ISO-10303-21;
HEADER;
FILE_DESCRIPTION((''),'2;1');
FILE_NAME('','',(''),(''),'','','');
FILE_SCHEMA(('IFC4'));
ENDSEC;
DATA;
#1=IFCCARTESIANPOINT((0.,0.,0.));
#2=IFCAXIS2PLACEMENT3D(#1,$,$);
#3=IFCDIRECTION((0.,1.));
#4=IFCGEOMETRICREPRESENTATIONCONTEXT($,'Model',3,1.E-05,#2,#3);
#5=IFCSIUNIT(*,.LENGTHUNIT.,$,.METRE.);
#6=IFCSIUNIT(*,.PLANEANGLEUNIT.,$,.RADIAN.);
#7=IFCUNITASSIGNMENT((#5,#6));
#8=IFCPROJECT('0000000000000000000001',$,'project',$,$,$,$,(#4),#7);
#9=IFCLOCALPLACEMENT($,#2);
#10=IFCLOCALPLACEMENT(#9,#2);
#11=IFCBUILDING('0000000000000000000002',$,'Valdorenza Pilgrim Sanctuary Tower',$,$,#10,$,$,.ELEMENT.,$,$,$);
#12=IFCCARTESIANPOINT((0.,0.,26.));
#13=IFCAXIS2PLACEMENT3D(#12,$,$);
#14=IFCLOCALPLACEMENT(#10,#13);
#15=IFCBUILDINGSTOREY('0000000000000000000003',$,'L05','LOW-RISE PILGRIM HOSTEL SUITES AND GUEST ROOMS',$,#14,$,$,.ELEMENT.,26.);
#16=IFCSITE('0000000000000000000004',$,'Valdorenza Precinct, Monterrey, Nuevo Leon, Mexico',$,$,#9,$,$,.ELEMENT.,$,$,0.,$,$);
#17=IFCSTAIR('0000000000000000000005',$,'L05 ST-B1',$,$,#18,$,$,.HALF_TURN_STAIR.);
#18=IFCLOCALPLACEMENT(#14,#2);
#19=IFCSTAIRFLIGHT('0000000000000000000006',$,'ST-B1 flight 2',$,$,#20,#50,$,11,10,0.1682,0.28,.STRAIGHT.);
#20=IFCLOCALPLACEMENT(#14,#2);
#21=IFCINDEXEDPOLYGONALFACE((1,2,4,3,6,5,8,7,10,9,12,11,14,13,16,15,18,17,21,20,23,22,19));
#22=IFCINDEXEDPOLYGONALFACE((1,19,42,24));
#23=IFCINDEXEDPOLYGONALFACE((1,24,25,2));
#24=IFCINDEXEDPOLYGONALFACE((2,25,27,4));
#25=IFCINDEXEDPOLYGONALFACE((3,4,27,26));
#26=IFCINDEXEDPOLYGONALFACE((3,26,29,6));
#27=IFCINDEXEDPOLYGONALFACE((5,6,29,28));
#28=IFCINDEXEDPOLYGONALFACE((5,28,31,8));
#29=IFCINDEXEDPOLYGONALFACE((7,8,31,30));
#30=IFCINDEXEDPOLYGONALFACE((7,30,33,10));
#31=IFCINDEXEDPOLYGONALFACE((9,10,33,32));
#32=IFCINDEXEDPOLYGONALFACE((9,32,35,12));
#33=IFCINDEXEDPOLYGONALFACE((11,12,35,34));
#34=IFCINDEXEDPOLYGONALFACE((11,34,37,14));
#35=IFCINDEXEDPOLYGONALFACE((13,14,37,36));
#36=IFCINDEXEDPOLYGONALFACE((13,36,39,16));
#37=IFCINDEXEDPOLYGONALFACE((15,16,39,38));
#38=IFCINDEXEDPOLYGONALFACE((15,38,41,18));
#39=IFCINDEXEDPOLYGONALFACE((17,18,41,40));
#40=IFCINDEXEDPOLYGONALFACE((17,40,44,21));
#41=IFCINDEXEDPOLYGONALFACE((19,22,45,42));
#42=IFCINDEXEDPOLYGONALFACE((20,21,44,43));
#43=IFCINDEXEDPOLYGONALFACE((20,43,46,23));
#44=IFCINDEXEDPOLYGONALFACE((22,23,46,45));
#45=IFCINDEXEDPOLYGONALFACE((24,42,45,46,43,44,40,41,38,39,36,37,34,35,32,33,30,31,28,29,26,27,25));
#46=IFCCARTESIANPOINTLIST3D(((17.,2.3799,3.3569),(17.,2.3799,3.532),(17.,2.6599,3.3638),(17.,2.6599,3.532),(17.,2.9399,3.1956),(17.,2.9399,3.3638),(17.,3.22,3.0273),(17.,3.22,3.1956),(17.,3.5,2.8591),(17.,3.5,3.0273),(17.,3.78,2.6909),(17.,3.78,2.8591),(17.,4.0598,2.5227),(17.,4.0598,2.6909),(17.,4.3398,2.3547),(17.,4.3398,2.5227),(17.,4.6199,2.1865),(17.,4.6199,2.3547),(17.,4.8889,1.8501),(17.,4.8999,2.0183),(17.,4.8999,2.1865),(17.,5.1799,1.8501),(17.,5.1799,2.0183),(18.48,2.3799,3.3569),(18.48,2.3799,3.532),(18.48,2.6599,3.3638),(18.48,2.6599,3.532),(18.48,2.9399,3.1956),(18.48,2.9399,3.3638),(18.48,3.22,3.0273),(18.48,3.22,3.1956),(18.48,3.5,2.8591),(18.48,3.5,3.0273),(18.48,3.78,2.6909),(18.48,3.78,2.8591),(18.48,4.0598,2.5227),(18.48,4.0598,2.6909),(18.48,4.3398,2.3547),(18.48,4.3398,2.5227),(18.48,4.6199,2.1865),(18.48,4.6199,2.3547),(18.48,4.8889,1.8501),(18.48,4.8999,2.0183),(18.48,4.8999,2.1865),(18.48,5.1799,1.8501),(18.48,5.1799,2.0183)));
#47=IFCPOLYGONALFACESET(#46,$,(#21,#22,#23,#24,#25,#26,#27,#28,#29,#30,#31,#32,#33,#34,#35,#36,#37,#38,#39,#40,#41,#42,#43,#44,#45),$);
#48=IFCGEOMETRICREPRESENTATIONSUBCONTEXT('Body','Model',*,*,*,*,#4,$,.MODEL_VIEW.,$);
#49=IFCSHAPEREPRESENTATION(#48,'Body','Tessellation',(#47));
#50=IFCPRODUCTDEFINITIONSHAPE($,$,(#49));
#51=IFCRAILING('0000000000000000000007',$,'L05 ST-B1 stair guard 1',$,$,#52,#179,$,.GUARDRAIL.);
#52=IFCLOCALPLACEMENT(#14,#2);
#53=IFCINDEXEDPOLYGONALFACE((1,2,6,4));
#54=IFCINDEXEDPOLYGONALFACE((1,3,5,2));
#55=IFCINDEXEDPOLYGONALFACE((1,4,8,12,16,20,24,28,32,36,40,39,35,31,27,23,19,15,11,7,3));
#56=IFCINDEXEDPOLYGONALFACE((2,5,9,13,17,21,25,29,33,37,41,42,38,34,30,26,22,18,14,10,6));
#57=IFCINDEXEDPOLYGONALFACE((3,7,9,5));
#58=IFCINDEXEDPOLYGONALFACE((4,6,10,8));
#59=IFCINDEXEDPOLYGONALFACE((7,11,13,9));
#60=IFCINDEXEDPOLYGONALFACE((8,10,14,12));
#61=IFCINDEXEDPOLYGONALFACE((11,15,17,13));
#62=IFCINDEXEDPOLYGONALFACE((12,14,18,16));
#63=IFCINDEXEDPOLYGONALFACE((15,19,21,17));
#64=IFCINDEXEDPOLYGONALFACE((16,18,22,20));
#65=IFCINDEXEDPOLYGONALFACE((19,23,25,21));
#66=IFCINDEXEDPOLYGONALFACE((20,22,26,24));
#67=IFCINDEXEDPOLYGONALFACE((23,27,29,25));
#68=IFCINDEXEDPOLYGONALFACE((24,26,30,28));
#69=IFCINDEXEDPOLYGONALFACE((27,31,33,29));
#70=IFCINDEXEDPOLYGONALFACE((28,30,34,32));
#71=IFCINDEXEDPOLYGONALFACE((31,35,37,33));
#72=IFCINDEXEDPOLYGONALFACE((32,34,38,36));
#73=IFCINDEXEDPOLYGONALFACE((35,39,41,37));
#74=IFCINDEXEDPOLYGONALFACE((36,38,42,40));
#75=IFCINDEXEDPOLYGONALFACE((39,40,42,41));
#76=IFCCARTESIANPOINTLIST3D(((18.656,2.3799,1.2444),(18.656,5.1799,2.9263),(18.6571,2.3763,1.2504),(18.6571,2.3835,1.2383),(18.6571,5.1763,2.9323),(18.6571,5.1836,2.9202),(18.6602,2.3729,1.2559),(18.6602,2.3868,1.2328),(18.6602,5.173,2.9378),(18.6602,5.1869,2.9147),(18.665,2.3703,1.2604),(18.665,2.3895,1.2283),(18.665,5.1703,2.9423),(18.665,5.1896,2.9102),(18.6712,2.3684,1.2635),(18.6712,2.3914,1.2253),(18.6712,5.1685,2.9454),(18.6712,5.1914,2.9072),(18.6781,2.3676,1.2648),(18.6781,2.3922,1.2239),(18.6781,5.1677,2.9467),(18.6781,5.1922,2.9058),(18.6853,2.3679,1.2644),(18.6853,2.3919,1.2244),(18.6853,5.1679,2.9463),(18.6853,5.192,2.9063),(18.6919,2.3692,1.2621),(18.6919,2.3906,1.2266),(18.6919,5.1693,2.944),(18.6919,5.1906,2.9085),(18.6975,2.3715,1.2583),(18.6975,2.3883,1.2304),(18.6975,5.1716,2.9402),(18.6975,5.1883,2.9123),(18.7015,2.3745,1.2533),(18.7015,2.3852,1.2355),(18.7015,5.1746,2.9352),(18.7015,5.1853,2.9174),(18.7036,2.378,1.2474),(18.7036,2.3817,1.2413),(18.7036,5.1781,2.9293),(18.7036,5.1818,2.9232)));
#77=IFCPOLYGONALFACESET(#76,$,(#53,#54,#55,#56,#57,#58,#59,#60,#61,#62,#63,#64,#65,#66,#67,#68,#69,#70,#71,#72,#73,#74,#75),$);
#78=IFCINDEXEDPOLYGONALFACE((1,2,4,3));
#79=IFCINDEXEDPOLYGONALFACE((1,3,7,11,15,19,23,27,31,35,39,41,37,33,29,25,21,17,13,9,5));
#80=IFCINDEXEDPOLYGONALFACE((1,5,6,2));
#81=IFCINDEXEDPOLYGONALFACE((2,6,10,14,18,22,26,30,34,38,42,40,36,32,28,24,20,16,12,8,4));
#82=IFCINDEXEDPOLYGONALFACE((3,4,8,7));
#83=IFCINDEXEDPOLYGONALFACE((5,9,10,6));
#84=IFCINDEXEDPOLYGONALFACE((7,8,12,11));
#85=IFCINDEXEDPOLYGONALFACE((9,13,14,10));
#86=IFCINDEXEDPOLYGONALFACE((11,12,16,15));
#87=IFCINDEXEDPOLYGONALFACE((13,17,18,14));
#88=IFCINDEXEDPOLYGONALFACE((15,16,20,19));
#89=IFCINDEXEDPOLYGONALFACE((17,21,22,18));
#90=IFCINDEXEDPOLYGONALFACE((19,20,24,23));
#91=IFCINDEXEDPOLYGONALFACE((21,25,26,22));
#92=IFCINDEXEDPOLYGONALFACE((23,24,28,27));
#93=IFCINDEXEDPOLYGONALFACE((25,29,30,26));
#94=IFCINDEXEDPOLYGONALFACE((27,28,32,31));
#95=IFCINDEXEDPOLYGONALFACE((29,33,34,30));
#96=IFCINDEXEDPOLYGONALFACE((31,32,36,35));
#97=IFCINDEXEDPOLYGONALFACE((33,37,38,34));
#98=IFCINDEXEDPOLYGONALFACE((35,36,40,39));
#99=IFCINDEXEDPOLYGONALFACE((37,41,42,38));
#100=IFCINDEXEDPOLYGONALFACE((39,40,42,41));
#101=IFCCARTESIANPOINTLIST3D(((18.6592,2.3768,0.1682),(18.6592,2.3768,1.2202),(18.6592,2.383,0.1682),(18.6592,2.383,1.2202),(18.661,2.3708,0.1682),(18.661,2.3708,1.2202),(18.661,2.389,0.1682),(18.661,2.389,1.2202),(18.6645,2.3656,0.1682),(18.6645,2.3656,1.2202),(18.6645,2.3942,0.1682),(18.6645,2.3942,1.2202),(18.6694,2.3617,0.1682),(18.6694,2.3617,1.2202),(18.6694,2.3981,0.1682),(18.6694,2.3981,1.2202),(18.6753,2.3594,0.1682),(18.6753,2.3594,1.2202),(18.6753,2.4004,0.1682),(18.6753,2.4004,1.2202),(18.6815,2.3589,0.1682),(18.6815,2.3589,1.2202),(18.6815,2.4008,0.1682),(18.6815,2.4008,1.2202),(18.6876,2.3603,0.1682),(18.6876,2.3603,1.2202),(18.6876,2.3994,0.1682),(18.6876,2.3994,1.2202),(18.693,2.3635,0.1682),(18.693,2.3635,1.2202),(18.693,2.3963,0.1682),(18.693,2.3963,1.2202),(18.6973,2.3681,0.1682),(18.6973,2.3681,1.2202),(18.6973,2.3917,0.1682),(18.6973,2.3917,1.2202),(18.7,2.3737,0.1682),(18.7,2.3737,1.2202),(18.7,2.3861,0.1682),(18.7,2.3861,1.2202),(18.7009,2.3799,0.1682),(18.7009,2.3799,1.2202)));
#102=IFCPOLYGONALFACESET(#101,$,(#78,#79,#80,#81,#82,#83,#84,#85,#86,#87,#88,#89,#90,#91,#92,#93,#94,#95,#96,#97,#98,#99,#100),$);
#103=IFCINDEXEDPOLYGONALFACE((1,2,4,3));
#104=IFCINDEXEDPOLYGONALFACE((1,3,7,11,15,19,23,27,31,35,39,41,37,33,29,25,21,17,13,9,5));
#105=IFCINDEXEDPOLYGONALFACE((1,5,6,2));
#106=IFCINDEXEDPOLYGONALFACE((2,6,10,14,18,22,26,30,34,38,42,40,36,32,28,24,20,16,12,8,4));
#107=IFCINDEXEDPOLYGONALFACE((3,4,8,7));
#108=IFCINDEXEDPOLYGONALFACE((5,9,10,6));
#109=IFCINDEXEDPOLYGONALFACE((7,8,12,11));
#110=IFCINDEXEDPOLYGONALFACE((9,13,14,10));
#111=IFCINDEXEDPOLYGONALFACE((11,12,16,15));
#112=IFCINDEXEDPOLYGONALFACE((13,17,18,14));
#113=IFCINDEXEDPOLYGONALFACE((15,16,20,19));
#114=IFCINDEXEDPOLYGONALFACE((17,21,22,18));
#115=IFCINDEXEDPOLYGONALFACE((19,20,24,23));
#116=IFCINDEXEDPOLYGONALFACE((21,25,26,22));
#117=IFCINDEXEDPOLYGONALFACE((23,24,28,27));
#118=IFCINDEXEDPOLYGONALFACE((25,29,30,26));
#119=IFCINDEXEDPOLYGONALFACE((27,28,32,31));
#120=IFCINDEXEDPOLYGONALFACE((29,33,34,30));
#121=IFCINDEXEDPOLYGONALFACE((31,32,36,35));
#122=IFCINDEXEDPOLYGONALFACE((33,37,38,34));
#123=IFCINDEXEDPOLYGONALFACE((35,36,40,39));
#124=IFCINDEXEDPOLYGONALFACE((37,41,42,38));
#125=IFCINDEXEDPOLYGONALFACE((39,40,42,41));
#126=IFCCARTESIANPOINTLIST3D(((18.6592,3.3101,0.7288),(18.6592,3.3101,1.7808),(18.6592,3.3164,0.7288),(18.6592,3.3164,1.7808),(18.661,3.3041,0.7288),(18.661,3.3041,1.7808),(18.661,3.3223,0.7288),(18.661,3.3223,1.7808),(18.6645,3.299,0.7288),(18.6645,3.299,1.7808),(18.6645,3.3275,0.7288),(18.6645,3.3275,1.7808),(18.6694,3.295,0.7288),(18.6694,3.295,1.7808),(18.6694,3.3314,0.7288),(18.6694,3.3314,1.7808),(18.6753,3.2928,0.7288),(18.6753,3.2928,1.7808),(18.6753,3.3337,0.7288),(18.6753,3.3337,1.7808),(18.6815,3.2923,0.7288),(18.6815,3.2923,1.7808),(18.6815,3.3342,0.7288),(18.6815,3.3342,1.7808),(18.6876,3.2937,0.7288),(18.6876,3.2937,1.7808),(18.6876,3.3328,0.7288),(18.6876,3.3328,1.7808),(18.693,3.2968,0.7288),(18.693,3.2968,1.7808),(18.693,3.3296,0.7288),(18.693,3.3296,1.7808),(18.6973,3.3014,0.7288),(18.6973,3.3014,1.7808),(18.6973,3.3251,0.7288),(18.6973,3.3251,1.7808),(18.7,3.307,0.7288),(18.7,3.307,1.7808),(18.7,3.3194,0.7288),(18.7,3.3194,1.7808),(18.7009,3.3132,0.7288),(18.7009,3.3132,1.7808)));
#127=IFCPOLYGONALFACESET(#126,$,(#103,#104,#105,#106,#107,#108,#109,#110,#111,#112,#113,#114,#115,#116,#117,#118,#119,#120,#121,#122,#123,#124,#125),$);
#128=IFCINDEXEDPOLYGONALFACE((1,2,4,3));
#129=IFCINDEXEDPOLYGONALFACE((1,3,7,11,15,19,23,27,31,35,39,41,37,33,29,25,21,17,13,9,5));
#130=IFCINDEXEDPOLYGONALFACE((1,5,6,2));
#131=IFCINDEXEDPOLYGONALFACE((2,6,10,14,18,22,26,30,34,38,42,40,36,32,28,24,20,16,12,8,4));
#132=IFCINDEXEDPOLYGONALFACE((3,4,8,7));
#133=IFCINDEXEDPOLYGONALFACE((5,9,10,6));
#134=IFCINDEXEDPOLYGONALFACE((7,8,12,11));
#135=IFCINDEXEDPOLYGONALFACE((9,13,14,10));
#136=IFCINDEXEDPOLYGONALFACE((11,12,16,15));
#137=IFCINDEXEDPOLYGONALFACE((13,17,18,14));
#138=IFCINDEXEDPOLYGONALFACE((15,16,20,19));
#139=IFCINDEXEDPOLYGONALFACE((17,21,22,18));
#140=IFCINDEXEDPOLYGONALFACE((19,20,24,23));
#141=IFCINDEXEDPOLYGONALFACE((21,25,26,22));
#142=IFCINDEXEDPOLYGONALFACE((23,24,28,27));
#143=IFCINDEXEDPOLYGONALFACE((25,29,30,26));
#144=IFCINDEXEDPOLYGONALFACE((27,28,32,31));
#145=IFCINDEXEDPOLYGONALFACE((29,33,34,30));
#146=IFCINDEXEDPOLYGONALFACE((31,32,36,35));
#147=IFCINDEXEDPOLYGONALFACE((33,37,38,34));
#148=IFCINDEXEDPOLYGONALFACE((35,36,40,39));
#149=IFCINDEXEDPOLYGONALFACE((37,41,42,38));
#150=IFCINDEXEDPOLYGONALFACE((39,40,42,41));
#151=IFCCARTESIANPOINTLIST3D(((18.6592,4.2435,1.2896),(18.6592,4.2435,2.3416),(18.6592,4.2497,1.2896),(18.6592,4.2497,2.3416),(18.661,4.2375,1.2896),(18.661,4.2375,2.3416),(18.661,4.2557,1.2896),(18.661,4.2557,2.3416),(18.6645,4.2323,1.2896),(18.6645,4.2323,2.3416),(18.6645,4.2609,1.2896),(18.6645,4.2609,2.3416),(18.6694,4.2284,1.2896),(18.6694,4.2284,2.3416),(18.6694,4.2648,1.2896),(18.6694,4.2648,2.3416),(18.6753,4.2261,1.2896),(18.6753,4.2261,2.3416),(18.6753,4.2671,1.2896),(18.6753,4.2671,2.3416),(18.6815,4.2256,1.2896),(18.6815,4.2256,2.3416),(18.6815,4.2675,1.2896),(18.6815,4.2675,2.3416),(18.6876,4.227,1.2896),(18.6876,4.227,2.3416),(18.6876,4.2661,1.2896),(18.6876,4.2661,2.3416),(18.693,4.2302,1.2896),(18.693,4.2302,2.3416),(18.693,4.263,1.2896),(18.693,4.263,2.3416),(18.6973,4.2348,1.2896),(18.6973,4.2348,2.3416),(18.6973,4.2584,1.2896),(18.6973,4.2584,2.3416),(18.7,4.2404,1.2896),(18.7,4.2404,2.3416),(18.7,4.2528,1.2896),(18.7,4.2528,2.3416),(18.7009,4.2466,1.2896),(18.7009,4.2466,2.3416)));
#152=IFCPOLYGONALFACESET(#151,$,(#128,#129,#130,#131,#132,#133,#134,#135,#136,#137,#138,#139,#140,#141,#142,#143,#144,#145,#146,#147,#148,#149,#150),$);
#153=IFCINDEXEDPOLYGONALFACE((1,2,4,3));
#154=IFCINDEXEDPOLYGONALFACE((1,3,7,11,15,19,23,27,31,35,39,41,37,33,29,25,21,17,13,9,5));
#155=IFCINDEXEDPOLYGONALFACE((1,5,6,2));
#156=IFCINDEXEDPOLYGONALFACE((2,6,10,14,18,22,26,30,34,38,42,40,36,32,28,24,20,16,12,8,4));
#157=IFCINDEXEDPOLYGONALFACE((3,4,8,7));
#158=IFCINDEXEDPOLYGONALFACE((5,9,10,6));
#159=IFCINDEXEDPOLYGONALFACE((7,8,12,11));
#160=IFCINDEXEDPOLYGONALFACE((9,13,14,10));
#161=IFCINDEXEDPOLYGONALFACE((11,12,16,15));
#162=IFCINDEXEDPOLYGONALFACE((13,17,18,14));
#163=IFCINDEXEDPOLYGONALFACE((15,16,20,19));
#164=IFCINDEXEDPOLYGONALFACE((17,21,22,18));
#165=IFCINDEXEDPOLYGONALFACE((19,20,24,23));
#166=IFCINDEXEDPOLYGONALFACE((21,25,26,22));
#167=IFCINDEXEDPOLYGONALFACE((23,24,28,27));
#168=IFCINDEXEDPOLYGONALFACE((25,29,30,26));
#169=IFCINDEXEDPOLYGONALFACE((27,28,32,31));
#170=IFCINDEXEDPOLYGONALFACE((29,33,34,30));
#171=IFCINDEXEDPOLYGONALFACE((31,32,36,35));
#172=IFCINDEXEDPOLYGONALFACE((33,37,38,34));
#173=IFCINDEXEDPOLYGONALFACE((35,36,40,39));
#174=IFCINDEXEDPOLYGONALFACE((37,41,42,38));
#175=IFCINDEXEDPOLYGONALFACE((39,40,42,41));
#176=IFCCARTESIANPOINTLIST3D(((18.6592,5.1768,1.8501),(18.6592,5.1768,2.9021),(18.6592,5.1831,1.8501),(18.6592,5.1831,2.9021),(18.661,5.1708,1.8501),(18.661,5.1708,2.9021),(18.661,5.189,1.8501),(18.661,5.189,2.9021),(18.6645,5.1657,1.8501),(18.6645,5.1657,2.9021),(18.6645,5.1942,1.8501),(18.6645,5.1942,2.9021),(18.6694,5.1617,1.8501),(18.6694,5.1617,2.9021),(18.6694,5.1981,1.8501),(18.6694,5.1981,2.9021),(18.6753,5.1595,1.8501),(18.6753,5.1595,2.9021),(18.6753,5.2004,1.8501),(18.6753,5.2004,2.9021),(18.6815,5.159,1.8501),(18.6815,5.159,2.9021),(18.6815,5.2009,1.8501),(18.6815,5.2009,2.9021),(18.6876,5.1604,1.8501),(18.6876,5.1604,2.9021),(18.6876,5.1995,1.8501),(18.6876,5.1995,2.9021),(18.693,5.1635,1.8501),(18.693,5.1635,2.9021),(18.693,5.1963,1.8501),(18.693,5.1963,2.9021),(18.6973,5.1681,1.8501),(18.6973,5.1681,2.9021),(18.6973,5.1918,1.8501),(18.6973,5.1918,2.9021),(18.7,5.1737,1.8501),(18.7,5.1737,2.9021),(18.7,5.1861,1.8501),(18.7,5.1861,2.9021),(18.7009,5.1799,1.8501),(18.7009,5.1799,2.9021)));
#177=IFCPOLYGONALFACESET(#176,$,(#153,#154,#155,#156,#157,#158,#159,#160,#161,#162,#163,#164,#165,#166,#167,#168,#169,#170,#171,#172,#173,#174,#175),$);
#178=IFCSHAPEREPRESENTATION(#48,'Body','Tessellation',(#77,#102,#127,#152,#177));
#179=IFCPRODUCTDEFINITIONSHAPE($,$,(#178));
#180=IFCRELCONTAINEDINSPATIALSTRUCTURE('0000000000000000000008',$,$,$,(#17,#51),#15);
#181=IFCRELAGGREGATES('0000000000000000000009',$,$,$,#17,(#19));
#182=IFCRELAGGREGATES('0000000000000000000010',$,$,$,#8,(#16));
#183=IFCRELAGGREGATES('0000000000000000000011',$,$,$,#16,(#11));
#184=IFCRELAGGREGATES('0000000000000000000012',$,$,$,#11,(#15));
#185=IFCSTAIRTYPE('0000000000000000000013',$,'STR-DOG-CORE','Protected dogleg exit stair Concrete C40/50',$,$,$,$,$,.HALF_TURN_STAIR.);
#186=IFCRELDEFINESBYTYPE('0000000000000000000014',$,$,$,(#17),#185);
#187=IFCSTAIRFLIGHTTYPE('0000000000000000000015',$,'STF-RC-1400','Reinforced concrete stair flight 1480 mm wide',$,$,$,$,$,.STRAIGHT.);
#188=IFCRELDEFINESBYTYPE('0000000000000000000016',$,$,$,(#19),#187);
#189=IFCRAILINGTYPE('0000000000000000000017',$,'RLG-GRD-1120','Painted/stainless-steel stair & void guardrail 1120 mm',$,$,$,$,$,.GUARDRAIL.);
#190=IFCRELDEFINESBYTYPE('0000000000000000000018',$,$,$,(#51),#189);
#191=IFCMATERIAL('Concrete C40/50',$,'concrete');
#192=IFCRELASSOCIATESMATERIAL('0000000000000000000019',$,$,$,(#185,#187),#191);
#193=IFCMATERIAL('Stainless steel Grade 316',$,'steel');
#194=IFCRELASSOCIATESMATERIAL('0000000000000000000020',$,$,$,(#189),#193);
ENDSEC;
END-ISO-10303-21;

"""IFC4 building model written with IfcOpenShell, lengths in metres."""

from ifc_helpers import new_model, si_unit, direction, frame, origin, origin_2d, place, context, subcontext, project, spatial, polyline, circle, outline, extrude, material, type_object, element, aggregate, save


model = new_model("IFC4")

# Units and contexts
model_context = context("Model", 3, precision=1e-05, world=origin(), true_north=direction((0.0, 1.0)))
body_context = subcontext(model_context, "Body", "Model", "MODEL_VIEW")
ifc_project = project(units=[si_unit("LENGTHUNIT", "METRE"), si_unit("PLANEANGLEUNIT", "RADIAN")], contexts=[model_context])

# Site, building, storey
site_placement = place(None, origin())
site = spatial("IfcSite", under=ifc_project, at=site_placement, Name="Valdorenza Precinct, Monterrey, Nuevo Leon, Mexico", CompositionType="ELEMENT", RefElevation=0.0)
building_placement = place(site_placement, origin())
building = spatial("IfcBuilding", under=site, at=building_placement, Name="Valdorenza Pilgrim Sanctuary Tower", CompositionType="ELEMENT")
storey_placement = place(building_placement, frame((0.0, 0.0, 26.0)))
storey = spatial("IfcBuildingStorey", under=building, at=storey_placement, Name="L05", Description="LOW-RISE PILGRIM HOSTEL SUITES AND GUEST ROOMS", CompositionType="ELEMENT", Elevation=26.0)

# Shared definitions
ifc_material_1 = material(Name="Concrete C40/50", Category="concrete")

# Stair, stair flight
stair_type = type_object("IfcStairType", Name="STR-DOG-CORE", Description="Protected dogleg exit stair Concrete C40/50", PredefinedType="HALF_TURN_STAIR", material=ifc_material_1)
stair_placement = place(storey_placement, origin())
stair = element("IfcStair", 1, at=stair_placement, inside=storey, type_object=stair_type, Name="L05 ST-B1", PredefinedType="HALF_TURN_STAIR")
stair_flight_type = type_object("IfcStairFlightType", Name="STF-RC-1400", Description="Reinforced concrete stair flight 1480 mm wide", PredefinedType="STRAIGHT", material=ifc_material_1)
stair_flight_1_placement = place(storey_placement, frame((17.74, 5.1799, 1.8501), z_axis=(0.0, 0.0, 1.0), x_axis=(0.0, -1.0, 0.0)))
stair_flight_1 = element("IfcStairFlight", 2, at=stair_flight_1_placement, type_object=stair_flight_type, Name="ST-B1 flight 2", NumberOfRisers=11, NumberOfTreads=10, PredefinedType="STRAIGHT", RiserHeight=0.1682, TreadLength=0.28, context=body_context, shape_type="SweptSolid", body=[
    extrude(outline(polyline([(0.0, 0.0), (0.0, 0.1682), (0.28, 0.1682), (0.28, 0.3364), (0.5601, 0.3364), (0.5601, 0.5046), (0.8401, 0.5046), (0.8401, 0.6726), (1.1201, 0.6726), (1.1201, 0.8408), (1.3999, 0.8408), (1.3999, 1.009), (1.6799, 1.009), (1.6799, 1.1772), (1.96, 1.1772), (1.96, 1.3455), (2.24, 1.3455), (2.24, 1.5137), (2.52, 1.5137), (2.52, 1.6819), (2.8, 1.6819), (2.8, 1.8501), (2.8, 1.5068), (0.291, 0.0), (0.0, 0.0)])), frame((0.0, 0.74, 0.0), z_axis=(0.0, -1.0, 0.0), x_axis=(1.0, 0.0, 0.0)), (0.0, 0.0, 1.0), 1.48),
])
aggregate(stair, [stair_flight_1])

# Railing
ifc_material_2 = material(Name="Stainless steel Grade 316", Category="steel")
railing_type_1 = type_object("IfcRailingType", Name="RLG-GRD-1120", Description="Painted/stainless-steel stair & void guardrail 1120 mm", PredefinedType="GUARDRAIL", material=ifc_material_2)
railing_1_placement = place(storey_placement, frame((18.6799, 2.3799, 0.1682)))
element("IfcRailing", 3, at=railing_1_placement, inside=storey, type_object=railing_type_1, Name="L05 ST-B1 stair guard 1", PredefinedType="GUARDRAIL", context=body_context, shape_type="SweptSolid", body=[
    extrude(circle(Radius=0.0239, at=origin_2d()), frame((0.0, 0.0, 1.0762), z_axis=(0.0, 0.857242, 0.514913), x_axis=(-1.0, 0.0, 0.0)), (0.0, 0.0, 1.0), 3.2664),
    extrude(circle(Radius=0.021, at=origin_2d()), origin(), (0.0, 0.0, 1.0), 1.052),
    extrude(circle(Radius=0.021, at=origin_2d()), frame((0.0, 0.9333, 0.5605)), (0.0, 0.0, 1.0), 1.052),
    extrude(circle(Radius=0.021, at=origin_2d()), frame((0.0, 1.8667, 1.1213)), (0.0, 0.0, 1.0), 1.052),
    extrude(circle(Radius=0.021, at=origin_2d()), frame((0.0, 2.8, 1.6819)), (0.0, 0.0, 1.0), 1.052),
])

save(model, "model.ifc")
